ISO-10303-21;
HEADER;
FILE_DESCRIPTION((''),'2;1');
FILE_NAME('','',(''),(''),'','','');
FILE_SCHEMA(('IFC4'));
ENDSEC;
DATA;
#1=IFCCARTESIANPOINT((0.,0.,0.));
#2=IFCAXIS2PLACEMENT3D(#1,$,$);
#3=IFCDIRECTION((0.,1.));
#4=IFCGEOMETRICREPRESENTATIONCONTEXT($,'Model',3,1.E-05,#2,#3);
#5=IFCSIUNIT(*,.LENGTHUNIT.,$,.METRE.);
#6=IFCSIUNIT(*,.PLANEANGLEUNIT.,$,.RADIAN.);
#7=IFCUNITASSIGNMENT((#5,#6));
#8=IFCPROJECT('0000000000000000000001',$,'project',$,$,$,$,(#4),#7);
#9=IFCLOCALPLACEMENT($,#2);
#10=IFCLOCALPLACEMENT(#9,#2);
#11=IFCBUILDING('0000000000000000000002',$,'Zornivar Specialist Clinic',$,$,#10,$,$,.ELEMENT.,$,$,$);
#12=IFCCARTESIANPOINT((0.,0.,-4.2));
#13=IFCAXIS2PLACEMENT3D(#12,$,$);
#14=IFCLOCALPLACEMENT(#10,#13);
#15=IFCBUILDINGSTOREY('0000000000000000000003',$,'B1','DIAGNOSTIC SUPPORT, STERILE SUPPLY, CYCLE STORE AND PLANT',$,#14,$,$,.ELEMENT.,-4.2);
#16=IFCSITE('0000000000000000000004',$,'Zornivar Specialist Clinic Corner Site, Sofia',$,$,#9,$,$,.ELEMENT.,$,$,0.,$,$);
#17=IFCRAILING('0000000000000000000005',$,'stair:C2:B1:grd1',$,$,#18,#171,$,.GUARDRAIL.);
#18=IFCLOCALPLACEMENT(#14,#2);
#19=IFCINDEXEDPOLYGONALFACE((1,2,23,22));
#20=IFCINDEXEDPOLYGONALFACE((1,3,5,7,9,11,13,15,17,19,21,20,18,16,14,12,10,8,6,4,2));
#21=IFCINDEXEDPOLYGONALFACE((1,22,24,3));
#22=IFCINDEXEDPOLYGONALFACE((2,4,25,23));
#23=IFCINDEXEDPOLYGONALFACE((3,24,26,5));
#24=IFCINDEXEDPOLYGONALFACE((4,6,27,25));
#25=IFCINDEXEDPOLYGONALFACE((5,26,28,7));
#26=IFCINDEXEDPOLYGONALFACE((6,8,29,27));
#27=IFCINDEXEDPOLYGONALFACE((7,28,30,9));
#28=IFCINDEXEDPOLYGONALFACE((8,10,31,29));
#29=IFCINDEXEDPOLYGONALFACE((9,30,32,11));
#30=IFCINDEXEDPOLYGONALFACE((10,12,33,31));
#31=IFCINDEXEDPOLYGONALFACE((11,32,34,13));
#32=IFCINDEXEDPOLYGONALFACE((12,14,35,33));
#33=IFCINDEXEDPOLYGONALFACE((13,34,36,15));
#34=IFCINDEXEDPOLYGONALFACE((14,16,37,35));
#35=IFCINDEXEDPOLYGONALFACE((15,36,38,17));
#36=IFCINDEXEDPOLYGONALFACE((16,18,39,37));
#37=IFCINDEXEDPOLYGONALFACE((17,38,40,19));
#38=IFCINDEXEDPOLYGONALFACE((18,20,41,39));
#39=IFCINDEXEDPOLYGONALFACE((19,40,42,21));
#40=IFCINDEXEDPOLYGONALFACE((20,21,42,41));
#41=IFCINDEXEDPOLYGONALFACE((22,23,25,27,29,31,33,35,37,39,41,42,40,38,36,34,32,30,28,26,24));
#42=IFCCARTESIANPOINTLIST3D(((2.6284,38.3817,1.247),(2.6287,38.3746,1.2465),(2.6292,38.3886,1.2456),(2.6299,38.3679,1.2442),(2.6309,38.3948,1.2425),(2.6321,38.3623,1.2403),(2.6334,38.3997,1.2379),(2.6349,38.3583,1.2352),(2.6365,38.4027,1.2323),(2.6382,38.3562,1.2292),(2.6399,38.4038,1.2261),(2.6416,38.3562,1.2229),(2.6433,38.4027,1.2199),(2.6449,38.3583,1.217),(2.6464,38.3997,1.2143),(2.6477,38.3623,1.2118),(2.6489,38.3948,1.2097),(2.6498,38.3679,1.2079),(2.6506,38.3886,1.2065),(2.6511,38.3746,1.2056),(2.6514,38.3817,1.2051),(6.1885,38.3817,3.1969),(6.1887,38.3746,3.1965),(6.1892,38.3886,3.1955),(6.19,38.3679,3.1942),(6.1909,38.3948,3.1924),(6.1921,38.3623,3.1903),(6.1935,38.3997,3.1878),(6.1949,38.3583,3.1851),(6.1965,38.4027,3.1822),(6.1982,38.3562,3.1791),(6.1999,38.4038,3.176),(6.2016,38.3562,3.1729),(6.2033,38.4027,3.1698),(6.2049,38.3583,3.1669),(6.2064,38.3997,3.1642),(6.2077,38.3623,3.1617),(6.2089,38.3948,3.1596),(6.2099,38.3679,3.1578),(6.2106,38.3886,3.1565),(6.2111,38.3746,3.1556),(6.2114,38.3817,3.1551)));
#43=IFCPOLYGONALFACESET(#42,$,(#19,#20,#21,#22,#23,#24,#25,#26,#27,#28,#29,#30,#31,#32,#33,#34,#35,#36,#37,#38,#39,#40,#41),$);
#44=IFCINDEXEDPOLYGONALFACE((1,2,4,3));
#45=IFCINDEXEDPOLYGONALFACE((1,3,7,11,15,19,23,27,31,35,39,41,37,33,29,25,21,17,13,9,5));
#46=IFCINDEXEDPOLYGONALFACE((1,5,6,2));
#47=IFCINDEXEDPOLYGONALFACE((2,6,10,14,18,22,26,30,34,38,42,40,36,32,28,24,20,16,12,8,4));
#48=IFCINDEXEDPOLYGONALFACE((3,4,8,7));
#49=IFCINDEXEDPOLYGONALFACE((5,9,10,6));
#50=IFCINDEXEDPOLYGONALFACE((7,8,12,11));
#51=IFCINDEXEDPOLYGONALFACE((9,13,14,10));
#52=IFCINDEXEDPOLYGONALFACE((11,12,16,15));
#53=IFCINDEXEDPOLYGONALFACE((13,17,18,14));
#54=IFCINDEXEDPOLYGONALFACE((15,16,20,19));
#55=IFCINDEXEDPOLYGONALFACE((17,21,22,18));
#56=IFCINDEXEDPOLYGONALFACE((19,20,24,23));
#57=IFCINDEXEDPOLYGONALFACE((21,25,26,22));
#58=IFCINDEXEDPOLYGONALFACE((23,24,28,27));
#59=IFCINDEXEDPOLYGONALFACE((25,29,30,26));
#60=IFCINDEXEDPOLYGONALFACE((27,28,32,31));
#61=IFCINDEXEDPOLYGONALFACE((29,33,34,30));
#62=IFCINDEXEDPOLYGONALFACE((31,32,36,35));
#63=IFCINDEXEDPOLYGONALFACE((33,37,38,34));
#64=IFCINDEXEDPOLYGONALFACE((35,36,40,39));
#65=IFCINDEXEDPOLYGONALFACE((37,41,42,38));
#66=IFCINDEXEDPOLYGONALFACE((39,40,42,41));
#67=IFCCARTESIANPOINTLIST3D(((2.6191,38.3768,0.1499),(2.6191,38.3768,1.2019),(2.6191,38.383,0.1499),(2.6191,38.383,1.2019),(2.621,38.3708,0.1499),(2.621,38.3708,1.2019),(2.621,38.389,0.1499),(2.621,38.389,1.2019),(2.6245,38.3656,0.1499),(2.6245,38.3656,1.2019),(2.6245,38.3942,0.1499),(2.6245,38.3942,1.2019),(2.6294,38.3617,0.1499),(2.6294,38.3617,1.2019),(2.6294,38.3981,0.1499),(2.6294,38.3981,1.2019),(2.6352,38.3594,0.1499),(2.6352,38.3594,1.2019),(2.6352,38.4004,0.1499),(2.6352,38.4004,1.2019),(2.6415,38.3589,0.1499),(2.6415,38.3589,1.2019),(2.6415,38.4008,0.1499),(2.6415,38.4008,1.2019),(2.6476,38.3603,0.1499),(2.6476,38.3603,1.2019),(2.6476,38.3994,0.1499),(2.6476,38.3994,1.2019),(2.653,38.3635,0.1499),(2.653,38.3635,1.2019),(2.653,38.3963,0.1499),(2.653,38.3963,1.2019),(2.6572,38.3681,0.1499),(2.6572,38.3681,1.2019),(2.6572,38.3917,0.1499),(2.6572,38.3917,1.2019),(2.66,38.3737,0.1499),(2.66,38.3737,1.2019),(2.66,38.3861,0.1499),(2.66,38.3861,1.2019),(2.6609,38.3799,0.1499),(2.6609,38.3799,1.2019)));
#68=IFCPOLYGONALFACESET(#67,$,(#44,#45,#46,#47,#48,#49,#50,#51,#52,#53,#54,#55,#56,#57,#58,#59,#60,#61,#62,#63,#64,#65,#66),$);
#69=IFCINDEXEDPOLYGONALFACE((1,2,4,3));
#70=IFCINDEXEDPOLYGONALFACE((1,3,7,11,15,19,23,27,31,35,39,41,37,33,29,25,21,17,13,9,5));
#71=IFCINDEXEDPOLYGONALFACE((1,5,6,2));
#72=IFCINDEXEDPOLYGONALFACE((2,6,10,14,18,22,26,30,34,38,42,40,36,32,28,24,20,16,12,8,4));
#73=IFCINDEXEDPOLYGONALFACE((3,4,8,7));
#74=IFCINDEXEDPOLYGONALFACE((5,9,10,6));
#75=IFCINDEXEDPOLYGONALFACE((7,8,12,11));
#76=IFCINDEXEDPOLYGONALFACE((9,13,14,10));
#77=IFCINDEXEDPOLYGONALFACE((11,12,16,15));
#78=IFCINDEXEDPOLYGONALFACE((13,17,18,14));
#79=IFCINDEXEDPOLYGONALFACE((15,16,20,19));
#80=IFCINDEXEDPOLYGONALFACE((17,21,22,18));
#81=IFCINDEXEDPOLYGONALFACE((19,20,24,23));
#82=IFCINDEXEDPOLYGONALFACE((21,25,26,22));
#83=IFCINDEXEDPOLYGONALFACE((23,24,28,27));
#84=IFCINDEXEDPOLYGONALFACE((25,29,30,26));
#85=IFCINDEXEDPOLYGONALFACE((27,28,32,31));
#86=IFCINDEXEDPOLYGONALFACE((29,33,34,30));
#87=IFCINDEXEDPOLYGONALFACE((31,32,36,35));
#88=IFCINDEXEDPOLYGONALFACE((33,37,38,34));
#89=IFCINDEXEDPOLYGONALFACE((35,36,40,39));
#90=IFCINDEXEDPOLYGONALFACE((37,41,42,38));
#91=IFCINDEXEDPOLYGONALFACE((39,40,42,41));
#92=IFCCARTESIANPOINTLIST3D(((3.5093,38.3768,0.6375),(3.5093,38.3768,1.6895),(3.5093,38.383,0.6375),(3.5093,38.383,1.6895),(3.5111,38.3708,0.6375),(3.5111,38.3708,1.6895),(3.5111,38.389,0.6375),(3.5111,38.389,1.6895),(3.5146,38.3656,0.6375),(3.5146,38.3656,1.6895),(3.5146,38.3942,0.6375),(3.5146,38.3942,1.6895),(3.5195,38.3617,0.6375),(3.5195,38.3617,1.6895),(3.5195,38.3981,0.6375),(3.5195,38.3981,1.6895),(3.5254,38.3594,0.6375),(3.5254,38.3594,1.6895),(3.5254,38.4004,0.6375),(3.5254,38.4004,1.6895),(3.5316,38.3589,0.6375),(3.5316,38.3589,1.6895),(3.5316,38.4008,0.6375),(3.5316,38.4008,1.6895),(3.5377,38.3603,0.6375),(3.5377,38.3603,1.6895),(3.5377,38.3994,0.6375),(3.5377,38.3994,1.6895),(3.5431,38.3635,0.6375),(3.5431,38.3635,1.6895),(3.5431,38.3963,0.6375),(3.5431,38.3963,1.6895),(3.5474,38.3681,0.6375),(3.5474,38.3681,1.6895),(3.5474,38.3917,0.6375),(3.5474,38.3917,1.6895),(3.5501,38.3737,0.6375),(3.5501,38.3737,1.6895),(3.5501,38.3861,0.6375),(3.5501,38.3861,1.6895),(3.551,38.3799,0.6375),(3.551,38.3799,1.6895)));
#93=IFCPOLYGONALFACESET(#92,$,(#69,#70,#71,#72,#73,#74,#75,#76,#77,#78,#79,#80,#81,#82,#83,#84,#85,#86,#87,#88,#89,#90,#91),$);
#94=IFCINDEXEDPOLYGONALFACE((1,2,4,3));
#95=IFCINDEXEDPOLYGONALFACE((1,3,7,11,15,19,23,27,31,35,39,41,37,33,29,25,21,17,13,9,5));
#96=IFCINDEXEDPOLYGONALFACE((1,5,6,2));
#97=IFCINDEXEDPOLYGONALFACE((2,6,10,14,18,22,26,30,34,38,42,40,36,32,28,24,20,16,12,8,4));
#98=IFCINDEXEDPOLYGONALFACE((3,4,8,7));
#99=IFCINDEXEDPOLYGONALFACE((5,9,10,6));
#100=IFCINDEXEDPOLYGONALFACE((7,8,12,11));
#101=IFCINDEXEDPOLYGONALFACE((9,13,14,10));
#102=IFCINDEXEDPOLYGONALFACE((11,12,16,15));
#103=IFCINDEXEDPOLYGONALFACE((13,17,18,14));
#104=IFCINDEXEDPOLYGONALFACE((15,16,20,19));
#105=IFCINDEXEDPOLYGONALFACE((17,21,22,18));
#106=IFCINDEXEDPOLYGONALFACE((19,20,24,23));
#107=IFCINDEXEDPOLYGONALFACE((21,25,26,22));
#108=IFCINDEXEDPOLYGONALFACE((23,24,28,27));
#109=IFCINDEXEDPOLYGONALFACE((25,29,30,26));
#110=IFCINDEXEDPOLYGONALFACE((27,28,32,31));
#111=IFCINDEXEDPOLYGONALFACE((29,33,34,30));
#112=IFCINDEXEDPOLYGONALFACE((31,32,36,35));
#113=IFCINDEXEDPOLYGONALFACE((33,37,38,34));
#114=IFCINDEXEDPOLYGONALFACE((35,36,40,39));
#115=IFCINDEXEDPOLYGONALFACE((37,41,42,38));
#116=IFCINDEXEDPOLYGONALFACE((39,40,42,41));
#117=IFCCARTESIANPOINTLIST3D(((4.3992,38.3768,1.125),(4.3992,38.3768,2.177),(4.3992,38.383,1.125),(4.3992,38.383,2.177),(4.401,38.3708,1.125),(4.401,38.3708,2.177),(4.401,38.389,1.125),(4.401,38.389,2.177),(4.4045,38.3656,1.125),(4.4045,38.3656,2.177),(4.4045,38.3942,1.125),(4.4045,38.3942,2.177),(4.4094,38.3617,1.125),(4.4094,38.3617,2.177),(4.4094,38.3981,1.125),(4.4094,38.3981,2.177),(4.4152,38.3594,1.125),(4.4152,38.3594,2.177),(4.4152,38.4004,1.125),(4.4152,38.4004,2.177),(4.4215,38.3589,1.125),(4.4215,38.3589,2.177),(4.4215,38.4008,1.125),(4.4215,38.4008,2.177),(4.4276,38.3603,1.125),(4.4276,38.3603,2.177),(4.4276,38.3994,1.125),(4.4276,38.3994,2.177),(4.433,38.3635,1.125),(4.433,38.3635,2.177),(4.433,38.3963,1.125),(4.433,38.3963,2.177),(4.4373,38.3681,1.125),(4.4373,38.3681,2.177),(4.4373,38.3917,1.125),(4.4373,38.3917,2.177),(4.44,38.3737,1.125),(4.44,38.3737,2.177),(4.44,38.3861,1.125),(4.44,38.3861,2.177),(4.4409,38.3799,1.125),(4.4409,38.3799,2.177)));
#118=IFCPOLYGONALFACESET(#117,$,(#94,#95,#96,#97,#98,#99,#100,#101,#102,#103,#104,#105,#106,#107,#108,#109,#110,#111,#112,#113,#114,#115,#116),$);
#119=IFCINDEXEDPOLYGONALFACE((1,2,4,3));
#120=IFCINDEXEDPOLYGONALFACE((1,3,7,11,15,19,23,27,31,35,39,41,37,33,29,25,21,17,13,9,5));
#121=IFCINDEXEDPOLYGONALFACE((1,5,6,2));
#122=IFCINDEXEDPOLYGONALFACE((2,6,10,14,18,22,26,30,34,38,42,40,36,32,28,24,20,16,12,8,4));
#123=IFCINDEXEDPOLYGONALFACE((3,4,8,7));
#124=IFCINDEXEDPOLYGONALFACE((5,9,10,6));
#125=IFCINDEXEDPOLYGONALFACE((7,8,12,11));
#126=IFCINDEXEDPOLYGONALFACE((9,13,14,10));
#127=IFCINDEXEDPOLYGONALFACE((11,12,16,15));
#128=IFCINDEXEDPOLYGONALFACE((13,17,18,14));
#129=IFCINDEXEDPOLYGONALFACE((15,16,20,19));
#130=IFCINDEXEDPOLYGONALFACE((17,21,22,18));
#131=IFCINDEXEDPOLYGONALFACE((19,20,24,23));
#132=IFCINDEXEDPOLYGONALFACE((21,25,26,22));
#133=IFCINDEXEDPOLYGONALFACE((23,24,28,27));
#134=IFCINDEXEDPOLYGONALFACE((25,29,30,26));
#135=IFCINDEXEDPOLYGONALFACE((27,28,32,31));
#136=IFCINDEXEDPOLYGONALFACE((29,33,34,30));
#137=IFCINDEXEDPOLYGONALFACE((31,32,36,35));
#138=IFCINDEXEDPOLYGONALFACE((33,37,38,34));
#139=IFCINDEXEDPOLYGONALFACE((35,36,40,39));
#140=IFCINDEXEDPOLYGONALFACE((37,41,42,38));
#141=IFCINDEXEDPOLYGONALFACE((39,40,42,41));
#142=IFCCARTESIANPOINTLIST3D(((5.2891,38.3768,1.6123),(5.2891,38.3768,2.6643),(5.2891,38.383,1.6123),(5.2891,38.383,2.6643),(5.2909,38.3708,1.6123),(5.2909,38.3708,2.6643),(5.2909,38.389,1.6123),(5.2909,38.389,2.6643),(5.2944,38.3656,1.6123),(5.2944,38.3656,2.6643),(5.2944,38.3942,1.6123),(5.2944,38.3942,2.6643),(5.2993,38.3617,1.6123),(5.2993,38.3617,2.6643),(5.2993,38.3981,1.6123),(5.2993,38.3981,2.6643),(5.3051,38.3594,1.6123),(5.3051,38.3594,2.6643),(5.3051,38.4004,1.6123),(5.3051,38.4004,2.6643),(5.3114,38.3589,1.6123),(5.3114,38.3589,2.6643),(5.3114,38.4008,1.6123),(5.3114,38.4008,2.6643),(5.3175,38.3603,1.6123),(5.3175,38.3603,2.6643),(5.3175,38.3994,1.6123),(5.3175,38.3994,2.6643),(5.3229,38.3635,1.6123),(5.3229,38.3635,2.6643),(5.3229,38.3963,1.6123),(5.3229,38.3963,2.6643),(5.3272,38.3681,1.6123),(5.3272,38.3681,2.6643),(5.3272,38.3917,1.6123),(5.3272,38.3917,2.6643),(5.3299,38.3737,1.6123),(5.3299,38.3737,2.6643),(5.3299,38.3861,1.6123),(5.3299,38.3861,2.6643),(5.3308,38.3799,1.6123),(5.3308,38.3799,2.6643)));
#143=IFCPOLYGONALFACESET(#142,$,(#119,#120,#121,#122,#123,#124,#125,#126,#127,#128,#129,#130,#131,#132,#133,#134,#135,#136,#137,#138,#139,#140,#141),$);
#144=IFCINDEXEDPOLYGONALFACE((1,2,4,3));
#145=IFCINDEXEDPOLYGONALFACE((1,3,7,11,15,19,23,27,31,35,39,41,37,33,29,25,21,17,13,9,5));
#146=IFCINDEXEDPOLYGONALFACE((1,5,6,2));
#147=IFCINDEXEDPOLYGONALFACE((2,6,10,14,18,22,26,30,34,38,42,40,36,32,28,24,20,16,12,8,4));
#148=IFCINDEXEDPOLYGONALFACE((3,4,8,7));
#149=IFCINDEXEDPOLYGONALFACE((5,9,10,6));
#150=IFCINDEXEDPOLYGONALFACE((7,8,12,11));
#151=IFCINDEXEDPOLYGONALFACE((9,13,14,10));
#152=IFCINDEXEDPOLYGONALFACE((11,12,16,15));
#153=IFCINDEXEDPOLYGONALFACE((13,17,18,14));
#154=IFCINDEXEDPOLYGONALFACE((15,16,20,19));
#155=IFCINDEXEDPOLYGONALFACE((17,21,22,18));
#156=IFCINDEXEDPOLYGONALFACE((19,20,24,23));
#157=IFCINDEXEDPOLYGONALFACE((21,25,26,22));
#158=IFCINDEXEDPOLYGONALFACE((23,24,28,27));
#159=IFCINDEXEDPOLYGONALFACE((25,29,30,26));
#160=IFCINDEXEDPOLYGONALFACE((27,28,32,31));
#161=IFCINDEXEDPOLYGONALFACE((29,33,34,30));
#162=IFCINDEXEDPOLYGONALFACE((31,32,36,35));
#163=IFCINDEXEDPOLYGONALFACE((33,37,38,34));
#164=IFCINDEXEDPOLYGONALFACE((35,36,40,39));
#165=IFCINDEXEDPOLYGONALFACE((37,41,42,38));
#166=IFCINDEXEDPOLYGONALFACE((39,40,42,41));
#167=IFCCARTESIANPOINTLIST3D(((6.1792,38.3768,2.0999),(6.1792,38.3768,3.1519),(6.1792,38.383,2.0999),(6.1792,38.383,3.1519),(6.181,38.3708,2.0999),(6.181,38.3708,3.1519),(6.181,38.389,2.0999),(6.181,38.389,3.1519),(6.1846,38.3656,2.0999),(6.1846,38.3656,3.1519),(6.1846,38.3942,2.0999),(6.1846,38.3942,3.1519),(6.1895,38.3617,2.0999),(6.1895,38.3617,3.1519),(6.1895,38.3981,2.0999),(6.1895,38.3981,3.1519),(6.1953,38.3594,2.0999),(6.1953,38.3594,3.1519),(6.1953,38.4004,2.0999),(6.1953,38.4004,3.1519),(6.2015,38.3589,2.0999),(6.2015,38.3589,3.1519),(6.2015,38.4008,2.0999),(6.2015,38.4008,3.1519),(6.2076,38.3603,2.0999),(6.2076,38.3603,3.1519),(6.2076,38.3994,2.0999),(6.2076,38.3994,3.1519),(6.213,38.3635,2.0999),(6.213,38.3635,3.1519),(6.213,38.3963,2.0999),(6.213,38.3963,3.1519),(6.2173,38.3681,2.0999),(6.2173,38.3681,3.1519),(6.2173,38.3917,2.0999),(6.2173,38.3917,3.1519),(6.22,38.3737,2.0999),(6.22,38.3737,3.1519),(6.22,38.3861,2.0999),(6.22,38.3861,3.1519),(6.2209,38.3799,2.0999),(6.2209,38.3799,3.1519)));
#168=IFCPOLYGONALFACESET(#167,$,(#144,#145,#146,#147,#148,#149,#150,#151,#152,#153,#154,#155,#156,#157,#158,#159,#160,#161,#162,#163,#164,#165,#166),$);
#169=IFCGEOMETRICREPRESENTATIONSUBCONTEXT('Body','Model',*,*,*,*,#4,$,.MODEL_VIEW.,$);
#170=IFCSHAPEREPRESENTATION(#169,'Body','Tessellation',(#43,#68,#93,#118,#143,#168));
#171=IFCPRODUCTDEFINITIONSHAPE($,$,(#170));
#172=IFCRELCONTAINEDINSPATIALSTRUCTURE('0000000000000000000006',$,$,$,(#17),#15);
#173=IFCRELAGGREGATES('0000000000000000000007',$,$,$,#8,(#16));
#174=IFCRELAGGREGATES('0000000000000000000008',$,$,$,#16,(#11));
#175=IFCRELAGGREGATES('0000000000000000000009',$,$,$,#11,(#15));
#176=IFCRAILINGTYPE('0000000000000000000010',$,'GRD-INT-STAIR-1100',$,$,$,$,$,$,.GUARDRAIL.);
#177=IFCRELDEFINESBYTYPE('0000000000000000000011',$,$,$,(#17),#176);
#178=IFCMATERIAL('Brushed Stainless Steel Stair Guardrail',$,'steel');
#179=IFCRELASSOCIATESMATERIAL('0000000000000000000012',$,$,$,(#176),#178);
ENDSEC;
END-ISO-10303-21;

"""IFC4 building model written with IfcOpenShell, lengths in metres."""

from ifc_helpers import new_model, si_unit, direction, frame, origin, origin_2d, place, context, subcontext, project, spatial, circle, extrude, material, type_object, element, save


model = new_model("IFC4")

# Units and contexts
model_context = context("Model", 3, precision=1e-05, world=origin(), true_north=direction((0.0, 1.0)))
body_context = subcontext(model_context, "Body", "Model", "MODEL_VIEW")
ifc_project = project(units=[si_unit("LENGTHUNIT", "METRE"), si_unit("PLANEANGLEUNIT", "RADIAN")], contexts=[model_context])

# Site, building, storey
site_placement = place(None, origin())
site = spatial("IfcSite", under=ifc_project, at=site_placement, Name="Zornivar Specialist Clinic Corner Site, Sofia", CompositionType="ELEMENT", RefElevation=0.0)
building_placement = place(site_placement, origin())
building = spatial("IfcBuilding", under=site, at=building_placement, Name="Zornivar Specialist Clinic", CompositionType="ELEMENT")
storey_placement = place(building_placement, frame((0.0, 0.0, -4.2)))
storey = spatial("IfcBuildingStorey", under=building, at=storey_placement, Name="B1", Description="DIAGNOSTIC SUPPORT, STERILE SUPPLY, CYCLE STORE AND PLANT", CompositionType="ELEMENT", Elevation=-4.2)

# Railing
ifc_material_1 = material(Name="Brushed Stainless Steel Stair Guardrail", Category="steel")
railing_type_1 = type_object("IfcRailingType", Name="GRD-INT-STAIR-1100", PredefinedType="GUARDRAIL", material=ifc_material_1)
railing_1_placement = place(storey_placement, frame((2.6399, 38.3799, 0.1499)))
element("IfcRailing", 1, at=railing_1_placement, inside=storey, type_object=railing_type_1, Name="stair:C2:B1:grd1", PredefinedType="GUARDRAIL", context=body_context, shape_type="SweptSolid", body=[
    extrude(circle(Radius=0.0239, at=origin_2d()), frame((0.0, 0.0, 1.0762), z_axis=(0.877055, 0.0, 0.48039), x_axis=(0.0, 1.0, 0.0)), (0.0, 0.0, 1.0), 4.0591),
    extrude(circle(Radius=0.021, at=origin_2d()), origin(), (0.0, 0.0, 1.0), 1.052),
    extrude(circle(Radius=0.021, at=origin_2d()), frame((0.8901, 0.0, 0.4875)), (0.0, 0.0, 1.0), 1.052),
    extrude(circle(Radius=0.021, at=origin_2d()), frame((1.78, 0.0, 0.9751)), (0.0, 0.0, 1.0), 1.052),
    extrude(circle(Radius=0.021, at=origin_2d()), frame((2.6699, 0.0, 1.4624)), (0.0, 0.0, 1.0), 1.052),
    extrude(circle(Radius=0.021, at=origin_2d()), frame((3.5601, 0.0, 1.95)), (0.0, 0.0, 1.0), 1.052),
])

save(model, "model.ifc")
